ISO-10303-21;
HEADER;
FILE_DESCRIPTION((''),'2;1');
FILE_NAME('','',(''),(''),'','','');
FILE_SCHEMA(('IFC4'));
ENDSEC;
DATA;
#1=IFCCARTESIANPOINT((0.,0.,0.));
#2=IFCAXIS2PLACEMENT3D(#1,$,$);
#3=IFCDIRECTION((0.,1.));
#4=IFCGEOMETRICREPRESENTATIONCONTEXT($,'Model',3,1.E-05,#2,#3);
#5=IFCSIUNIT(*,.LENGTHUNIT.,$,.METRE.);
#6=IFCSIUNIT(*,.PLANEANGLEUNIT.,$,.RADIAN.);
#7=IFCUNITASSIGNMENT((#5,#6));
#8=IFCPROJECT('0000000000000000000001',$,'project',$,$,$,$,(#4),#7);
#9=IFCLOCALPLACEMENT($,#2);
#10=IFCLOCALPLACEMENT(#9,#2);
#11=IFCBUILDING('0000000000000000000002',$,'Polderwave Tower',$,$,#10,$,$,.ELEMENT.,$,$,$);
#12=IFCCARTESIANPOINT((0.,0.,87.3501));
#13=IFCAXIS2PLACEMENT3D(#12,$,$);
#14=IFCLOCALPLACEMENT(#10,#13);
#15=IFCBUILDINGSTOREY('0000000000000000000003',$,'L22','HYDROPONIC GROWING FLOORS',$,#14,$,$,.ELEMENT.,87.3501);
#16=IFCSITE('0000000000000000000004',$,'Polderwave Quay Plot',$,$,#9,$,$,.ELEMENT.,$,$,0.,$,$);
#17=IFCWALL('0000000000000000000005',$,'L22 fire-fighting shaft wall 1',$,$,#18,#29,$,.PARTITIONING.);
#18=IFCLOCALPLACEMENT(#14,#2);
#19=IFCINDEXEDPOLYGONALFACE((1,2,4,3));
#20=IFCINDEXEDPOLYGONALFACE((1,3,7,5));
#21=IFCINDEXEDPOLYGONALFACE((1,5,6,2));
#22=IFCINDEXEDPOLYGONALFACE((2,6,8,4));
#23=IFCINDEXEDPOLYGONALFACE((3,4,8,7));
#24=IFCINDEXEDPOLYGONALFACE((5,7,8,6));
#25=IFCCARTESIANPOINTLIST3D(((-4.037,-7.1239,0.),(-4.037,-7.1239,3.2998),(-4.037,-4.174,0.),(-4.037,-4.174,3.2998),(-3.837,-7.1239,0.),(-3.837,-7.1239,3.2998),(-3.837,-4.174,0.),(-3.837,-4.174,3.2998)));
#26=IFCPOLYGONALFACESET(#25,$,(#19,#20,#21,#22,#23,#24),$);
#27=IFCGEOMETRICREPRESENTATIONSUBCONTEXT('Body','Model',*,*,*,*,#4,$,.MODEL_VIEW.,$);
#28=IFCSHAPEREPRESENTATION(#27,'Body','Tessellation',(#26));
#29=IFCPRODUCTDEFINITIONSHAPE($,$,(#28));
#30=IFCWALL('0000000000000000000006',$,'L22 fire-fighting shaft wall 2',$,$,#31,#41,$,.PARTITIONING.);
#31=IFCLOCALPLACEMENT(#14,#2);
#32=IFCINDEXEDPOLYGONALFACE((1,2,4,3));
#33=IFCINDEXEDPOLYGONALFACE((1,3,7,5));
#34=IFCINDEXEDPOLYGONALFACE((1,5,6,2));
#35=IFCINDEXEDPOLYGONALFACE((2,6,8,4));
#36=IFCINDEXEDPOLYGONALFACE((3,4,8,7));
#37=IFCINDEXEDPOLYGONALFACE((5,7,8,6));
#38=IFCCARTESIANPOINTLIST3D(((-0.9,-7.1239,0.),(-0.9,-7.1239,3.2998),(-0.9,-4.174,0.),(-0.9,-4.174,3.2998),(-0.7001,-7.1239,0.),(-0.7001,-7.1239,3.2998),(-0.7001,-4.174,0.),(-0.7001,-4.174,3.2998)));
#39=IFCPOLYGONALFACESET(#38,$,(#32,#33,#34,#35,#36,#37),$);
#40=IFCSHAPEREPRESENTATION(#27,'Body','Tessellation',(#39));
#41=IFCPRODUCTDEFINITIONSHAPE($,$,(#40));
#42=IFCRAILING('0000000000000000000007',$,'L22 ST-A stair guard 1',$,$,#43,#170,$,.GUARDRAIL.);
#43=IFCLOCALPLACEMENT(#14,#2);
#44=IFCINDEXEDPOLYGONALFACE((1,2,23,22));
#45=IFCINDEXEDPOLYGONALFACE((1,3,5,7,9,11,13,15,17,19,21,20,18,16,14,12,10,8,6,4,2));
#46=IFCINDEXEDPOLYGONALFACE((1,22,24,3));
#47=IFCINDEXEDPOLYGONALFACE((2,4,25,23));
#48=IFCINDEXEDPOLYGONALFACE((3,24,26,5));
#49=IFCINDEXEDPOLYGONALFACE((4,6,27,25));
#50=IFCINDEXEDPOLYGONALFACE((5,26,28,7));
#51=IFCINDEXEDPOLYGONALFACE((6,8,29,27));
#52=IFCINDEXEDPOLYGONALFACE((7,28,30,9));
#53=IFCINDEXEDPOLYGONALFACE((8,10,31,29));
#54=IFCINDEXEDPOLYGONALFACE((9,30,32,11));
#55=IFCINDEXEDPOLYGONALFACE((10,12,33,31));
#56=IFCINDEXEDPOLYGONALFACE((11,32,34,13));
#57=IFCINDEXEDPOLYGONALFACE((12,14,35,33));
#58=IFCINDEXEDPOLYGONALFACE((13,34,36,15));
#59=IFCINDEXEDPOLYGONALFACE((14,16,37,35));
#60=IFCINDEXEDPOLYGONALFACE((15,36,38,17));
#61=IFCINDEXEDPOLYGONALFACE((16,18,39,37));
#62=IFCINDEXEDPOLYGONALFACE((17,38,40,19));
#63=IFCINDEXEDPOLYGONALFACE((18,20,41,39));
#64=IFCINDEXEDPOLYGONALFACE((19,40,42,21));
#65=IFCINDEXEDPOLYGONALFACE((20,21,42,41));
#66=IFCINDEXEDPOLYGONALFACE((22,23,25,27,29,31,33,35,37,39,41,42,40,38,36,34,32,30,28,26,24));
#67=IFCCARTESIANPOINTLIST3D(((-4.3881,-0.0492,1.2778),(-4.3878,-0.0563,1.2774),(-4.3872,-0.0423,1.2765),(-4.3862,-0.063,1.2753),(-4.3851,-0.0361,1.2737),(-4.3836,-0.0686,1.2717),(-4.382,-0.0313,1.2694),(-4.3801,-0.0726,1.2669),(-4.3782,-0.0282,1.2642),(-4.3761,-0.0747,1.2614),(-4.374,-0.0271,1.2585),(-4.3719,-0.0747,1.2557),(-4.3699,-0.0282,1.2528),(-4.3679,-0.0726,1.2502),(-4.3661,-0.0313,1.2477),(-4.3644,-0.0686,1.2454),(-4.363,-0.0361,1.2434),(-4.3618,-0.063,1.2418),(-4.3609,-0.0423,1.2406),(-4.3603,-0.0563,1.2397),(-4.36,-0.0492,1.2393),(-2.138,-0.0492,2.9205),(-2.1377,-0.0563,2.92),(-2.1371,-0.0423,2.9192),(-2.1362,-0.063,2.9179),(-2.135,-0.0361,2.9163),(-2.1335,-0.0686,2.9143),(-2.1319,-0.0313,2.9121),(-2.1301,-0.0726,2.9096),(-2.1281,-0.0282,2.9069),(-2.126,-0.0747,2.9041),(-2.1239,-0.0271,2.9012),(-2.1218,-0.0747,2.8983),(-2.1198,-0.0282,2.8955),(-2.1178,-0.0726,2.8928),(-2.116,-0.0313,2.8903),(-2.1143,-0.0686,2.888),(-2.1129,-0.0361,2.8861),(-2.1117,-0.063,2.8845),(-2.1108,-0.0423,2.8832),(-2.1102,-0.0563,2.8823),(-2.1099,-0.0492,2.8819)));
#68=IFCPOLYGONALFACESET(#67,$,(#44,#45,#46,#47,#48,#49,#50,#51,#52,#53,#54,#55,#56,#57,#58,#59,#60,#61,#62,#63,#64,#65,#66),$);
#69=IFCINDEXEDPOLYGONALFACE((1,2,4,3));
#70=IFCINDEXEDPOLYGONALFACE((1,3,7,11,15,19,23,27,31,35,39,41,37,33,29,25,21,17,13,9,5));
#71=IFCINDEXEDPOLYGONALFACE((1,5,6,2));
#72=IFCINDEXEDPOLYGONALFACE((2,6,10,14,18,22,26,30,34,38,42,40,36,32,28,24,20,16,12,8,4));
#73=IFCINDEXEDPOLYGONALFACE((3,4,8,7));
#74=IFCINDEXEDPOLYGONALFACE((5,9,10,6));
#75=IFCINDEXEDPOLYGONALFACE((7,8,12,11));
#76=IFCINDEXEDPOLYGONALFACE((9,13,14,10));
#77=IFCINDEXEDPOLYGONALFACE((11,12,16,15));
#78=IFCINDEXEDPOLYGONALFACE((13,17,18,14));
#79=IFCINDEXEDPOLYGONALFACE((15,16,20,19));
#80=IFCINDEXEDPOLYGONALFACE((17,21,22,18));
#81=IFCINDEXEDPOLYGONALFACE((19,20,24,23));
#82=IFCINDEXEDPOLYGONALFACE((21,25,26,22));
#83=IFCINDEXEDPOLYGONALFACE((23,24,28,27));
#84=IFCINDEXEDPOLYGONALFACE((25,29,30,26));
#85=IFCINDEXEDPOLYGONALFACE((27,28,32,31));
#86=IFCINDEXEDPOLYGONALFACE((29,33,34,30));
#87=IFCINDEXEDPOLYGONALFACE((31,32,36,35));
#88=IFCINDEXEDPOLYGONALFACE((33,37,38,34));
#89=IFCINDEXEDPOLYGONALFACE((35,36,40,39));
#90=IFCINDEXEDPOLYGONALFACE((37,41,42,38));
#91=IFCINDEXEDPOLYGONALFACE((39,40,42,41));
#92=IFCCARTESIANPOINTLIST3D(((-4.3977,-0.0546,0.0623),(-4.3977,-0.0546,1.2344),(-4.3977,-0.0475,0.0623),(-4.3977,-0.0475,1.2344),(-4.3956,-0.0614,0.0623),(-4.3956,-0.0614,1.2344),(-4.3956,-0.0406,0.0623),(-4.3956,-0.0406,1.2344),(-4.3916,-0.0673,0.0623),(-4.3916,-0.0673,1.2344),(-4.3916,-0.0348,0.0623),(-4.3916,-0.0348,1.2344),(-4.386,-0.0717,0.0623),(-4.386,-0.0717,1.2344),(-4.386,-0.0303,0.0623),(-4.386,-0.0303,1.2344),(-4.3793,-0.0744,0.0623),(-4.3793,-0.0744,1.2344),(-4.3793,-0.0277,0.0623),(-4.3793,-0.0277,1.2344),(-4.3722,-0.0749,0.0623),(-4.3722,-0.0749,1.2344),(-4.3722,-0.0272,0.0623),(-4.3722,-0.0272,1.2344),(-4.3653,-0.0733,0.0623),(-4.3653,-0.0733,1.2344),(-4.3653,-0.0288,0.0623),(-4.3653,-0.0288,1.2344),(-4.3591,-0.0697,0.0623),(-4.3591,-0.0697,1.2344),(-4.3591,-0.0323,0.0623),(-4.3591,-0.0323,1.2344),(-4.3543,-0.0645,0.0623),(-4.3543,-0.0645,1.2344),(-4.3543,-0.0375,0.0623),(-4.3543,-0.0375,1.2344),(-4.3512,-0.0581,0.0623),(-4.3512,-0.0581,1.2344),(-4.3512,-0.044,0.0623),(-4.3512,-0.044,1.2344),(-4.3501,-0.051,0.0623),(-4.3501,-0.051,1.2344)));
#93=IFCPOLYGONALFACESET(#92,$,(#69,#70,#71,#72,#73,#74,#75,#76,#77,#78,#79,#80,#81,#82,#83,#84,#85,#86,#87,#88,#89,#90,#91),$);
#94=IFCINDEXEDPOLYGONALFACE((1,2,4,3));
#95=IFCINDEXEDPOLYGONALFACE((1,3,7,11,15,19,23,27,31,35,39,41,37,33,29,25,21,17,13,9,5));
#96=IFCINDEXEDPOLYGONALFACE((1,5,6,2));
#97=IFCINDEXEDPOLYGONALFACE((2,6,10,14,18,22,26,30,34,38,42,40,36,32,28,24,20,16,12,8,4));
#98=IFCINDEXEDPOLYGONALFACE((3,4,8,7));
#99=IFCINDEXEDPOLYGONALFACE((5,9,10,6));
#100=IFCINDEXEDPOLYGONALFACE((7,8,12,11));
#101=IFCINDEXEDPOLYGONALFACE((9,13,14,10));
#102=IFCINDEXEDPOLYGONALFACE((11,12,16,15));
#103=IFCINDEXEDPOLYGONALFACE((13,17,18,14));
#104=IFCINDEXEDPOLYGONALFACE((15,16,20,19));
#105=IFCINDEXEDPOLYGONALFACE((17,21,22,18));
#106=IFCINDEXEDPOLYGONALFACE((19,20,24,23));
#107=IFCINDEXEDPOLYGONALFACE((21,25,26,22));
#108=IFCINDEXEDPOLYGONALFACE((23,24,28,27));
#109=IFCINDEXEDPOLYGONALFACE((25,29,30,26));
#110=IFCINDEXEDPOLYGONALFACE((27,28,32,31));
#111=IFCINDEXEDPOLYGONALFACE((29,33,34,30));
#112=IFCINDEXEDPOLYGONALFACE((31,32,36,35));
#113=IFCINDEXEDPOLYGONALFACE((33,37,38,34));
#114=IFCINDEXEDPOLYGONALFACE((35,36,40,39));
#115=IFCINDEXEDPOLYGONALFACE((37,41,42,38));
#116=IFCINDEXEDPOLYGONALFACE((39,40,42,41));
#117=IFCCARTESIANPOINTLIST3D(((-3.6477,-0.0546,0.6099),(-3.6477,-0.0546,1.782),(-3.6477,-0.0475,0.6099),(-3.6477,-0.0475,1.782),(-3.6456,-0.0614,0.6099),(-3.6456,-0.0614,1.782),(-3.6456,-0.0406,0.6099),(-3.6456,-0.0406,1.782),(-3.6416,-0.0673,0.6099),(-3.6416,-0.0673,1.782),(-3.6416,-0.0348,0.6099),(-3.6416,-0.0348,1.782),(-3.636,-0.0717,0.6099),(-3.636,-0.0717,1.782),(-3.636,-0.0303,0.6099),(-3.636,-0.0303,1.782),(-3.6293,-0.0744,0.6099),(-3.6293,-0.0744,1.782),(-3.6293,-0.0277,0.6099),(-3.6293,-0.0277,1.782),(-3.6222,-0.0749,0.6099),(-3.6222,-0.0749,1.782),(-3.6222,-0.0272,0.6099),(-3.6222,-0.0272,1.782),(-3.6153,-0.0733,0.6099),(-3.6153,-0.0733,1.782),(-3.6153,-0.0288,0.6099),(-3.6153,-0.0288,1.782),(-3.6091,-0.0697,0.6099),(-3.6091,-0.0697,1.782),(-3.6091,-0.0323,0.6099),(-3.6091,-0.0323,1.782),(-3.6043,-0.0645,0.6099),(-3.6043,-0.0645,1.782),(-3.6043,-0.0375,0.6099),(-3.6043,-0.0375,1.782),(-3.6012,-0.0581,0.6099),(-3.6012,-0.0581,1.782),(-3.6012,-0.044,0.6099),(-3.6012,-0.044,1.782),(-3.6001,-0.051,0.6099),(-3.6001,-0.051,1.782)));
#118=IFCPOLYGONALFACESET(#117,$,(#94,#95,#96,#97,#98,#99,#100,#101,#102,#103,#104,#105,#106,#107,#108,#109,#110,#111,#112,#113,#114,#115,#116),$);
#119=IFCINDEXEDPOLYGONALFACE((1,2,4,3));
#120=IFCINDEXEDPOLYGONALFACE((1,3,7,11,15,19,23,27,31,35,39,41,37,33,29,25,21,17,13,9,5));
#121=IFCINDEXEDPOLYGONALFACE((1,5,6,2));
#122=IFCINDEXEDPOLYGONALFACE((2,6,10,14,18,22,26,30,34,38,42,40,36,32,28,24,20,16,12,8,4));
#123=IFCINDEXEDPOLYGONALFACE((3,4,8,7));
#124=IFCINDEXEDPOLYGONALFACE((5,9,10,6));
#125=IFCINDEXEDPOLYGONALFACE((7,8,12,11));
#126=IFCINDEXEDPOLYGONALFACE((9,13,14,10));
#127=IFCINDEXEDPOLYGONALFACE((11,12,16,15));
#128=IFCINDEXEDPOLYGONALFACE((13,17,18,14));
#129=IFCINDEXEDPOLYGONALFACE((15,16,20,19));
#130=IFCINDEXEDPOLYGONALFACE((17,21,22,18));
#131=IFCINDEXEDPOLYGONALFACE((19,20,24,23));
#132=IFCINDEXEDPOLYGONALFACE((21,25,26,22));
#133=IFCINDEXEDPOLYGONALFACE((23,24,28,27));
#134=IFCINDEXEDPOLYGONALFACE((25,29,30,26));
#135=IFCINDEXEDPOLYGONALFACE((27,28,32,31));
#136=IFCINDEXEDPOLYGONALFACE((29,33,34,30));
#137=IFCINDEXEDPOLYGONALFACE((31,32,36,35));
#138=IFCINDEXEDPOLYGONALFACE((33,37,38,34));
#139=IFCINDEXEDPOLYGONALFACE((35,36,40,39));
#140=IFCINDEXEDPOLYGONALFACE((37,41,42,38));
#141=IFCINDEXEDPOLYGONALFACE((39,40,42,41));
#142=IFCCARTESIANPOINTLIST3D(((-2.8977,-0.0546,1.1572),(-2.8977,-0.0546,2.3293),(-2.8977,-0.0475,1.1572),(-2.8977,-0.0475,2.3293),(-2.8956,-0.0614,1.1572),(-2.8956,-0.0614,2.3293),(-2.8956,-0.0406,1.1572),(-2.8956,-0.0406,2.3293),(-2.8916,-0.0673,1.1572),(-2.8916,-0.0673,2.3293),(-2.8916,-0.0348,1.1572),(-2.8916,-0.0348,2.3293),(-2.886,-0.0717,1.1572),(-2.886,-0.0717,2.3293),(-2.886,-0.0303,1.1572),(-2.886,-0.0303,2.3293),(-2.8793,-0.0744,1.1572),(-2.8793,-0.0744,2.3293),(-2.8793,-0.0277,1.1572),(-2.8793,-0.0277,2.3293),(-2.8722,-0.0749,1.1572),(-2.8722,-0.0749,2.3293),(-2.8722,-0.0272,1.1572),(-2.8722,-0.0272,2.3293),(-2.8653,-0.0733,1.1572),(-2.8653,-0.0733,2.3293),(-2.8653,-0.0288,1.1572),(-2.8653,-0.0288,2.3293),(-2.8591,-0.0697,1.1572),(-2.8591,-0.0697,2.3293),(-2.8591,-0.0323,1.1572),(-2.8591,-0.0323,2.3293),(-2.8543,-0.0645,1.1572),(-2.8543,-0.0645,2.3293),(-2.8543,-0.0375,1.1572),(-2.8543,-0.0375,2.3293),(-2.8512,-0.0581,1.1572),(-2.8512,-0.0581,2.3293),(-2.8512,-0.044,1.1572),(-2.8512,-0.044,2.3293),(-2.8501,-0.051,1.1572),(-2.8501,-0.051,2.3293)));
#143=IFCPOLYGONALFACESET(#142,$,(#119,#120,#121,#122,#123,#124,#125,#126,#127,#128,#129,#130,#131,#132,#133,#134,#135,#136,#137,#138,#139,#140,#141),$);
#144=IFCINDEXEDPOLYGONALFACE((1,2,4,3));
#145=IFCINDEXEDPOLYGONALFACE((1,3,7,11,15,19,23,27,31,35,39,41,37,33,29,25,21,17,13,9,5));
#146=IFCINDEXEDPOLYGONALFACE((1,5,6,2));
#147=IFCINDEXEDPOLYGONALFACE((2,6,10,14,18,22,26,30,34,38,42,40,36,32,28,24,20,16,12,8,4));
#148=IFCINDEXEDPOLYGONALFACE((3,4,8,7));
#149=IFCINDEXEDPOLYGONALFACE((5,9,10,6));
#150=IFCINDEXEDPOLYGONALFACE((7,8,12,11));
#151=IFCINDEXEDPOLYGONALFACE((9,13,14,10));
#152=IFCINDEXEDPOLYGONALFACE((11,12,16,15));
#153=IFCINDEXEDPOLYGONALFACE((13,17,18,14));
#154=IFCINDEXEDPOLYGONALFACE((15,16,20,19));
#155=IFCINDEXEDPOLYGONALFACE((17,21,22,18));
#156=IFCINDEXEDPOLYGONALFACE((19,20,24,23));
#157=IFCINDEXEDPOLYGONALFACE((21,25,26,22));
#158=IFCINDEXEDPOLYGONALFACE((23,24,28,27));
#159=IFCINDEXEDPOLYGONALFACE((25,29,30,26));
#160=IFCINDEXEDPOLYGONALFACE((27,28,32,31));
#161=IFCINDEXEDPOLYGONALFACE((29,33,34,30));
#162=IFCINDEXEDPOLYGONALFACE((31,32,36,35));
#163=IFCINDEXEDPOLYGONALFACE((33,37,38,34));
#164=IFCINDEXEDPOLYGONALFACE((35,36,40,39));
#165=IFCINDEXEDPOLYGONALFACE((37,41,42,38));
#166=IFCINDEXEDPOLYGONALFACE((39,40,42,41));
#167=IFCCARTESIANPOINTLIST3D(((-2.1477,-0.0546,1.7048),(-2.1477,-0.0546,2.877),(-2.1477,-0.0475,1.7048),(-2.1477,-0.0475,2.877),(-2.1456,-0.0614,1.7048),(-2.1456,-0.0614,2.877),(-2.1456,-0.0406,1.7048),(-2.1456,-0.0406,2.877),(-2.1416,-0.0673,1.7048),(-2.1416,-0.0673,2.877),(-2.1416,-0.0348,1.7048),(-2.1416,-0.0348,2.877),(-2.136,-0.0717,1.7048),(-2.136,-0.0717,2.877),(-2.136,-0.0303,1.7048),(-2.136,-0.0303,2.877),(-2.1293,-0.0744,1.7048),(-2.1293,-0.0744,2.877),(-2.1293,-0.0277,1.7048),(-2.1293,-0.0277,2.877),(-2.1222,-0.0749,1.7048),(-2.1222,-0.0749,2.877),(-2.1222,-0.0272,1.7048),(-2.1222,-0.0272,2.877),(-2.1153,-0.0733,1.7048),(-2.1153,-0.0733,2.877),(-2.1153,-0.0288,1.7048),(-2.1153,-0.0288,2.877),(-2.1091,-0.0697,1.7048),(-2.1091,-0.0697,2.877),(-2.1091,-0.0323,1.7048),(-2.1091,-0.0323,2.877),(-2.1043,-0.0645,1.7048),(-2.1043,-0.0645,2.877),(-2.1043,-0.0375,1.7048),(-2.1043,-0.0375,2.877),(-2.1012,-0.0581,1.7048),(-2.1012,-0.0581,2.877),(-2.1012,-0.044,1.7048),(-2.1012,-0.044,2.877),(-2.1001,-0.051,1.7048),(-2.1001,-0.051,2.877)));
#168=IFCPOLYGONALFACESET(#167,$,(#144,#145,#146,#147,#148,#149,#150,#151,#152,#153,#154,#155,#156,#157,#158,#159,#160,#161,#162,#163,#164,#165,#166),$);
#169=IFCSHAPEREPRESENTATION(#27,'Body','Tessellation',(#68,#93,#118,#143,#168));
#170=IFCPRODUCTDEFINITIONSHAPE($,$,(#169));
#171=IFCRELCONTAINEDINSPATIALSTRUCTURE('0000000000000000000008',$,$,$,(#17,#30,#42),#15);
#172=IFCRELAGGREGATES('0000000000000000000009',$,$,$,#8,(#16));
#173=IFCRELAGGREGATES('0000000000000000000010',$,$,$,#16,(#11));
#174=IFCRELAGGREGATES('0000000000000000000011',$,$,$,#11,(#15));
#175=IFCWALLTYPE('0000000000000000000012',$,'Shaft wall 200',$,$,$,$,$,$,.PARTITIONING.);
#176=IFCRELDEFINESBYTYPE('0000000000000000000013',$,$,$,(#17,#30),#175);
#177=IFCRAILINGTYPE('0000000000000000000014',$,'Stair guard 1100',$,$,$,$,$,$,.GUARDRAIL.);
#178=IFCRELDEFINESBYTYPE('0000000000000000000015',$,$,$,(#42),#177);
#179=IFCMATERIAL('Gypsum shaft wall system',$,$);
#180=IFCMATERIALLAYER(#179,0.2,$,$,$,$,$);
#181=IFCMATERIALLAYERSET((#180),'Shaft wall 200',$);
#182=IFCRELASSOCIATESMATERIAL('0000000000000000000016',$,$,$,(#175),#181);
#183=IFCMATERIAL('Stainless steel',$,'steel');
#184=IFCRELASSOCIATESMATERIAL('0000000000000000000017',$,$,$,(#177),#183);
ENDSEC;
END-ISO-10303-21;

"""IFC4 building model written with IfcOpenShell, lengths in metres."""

from ifc_helpers import new_model, si_unit, direction, frame, frame_2d, origin, origin_2d, place, context, subcontext, project, spatial, rectangle, circle, extrude, material, layer, layer_set, type_object, element, save


model = new_model("IFC4")

# Units and contexts
model_context = context("Model", 3, precision=1e-05, world=origin(), true_north=direction((0.0, 1.0)))
body_context = subcontext(model_context, "Body", "Model", "MODEL_VIEW")
ifc_project = project(units=[si_unit("LENGTHUNIT", "METRE"), si_unit("PLANEANGLEUNIT", "RADIAN")], contexts=[model_context])

# Site, building, storey
site_placement = place(None, origin())
site = spatial("IfcSite", under=ifc_project, at=site_placement, Name="Polderwave Quay Plot", CompositionType="ELEMENT", RefElevation=0.0)
building_placement = place(site_placement, origin())
building = spatial("IfcBuilding", under=site, at=building_placement, Name="Polderwave Tower", CompositionType="ELEMENT")
storey_placement = place(building_placement, frame((0.0, 0.0, 87.3501)))
storey = spatial("IfcBuildingStorey", under=building, at=storey_placement, Name="L22", Description="HYDROPONIC GROWING FLOORS", CompositionType="ELEMENT", Elevation=87.3501)

# Walls
ifc_material_1 = material(Name="Gypsum shaft wall system")
ifc_layer_1 = layer(ifc_material_1, 0.2)
ifc_layer_set_1 = layer_set([ifc_layer_1], Name="Shaft wall 200")
wall_type_1 = type_object("IfcWallType", Name="Shaft wall 200", PredefinedType="PARTITIONING", material=ifc_layer_set_1)
for number, where, z_axis, x_axis, name in (
    (1, (-3.937, -7.124, 0.0), (0.0, 0.0, 1.0), (0.0, 1.0, 0.0), "L22 fire-fighting shaft wall 1"),
    (2, (-0.8, -7.124, 0.0), (0.0, 0.0, 1.0), (0.0, 1.0, 0.0), "L22 fire-fighting shaft wall 2"),
):
    element("IfcWall", number, at=place(storey_placement, frame(where, z_axis=z_axis, x_axis=x_axis)), inside=storey, type_object=wall_type_1, Name=name, PredefinedType="PARTITIONING", context=body_context, shape_type="SweptSolid", body=[
        extrude(rectangle(XDim=2.95, YDim=0.2, at=frame_2d((1.4751, 0.0))), origin(), (0.0, 0.0, 1.0), 3.2998),
    ])

# Railing
ifc_material_2 = material(Name="Stainless steel", Category="steel")
railing_type = type_object("IfcRailingType", Name="Stair guard 1100", PredefinedType="GUARDRAIL", material=ifc_material_2)
railing_1_placement = place(storey_placement, frame((-4.374, -0.051, 0.0623)))
element("IfcRailing", 3, at=railing_1_placement, inside=storey, type_object=railing_type, Name="L22 ST-A stair guard 1", PredefinedType="GUARDRAIL", context=body_context, shape_type="SweptSolid", body=[
    extrude(circle(Radius=0.0239, at=origin_2d()), frame((0.0, 0.0, 1.1963), z_axis=(0.807674, 0.0, 0.58963), x_axis=(0.0, 1.0, 0.0)), (0.0, 0.0, 1.0), 2.7859),
    extrude(circle(Radius=0.0239, at=origin_2d()), origin(), (0.0, 0.0, 1.0), 1.1721),
    extrude(circle(Radius=0.0239, at=origin_2d()), frame((0.75, 0.0, 0.5476)), (0.0, 0.0, 1.0), 1.1721),
    extrude(circle(Radius=0.0239, at=origin_2d()), frame((1.5, 0.0, 1.095)), (0.0, 0.0, 1.0), 1.1721),
    extrude(circle(Radius=0.0239, at=origin_2d()), frame((2.25, 0.0, 1.6426)), (0.0, 0.0, 1.0), 1.1721),
])

save(model, "model.ifc")
